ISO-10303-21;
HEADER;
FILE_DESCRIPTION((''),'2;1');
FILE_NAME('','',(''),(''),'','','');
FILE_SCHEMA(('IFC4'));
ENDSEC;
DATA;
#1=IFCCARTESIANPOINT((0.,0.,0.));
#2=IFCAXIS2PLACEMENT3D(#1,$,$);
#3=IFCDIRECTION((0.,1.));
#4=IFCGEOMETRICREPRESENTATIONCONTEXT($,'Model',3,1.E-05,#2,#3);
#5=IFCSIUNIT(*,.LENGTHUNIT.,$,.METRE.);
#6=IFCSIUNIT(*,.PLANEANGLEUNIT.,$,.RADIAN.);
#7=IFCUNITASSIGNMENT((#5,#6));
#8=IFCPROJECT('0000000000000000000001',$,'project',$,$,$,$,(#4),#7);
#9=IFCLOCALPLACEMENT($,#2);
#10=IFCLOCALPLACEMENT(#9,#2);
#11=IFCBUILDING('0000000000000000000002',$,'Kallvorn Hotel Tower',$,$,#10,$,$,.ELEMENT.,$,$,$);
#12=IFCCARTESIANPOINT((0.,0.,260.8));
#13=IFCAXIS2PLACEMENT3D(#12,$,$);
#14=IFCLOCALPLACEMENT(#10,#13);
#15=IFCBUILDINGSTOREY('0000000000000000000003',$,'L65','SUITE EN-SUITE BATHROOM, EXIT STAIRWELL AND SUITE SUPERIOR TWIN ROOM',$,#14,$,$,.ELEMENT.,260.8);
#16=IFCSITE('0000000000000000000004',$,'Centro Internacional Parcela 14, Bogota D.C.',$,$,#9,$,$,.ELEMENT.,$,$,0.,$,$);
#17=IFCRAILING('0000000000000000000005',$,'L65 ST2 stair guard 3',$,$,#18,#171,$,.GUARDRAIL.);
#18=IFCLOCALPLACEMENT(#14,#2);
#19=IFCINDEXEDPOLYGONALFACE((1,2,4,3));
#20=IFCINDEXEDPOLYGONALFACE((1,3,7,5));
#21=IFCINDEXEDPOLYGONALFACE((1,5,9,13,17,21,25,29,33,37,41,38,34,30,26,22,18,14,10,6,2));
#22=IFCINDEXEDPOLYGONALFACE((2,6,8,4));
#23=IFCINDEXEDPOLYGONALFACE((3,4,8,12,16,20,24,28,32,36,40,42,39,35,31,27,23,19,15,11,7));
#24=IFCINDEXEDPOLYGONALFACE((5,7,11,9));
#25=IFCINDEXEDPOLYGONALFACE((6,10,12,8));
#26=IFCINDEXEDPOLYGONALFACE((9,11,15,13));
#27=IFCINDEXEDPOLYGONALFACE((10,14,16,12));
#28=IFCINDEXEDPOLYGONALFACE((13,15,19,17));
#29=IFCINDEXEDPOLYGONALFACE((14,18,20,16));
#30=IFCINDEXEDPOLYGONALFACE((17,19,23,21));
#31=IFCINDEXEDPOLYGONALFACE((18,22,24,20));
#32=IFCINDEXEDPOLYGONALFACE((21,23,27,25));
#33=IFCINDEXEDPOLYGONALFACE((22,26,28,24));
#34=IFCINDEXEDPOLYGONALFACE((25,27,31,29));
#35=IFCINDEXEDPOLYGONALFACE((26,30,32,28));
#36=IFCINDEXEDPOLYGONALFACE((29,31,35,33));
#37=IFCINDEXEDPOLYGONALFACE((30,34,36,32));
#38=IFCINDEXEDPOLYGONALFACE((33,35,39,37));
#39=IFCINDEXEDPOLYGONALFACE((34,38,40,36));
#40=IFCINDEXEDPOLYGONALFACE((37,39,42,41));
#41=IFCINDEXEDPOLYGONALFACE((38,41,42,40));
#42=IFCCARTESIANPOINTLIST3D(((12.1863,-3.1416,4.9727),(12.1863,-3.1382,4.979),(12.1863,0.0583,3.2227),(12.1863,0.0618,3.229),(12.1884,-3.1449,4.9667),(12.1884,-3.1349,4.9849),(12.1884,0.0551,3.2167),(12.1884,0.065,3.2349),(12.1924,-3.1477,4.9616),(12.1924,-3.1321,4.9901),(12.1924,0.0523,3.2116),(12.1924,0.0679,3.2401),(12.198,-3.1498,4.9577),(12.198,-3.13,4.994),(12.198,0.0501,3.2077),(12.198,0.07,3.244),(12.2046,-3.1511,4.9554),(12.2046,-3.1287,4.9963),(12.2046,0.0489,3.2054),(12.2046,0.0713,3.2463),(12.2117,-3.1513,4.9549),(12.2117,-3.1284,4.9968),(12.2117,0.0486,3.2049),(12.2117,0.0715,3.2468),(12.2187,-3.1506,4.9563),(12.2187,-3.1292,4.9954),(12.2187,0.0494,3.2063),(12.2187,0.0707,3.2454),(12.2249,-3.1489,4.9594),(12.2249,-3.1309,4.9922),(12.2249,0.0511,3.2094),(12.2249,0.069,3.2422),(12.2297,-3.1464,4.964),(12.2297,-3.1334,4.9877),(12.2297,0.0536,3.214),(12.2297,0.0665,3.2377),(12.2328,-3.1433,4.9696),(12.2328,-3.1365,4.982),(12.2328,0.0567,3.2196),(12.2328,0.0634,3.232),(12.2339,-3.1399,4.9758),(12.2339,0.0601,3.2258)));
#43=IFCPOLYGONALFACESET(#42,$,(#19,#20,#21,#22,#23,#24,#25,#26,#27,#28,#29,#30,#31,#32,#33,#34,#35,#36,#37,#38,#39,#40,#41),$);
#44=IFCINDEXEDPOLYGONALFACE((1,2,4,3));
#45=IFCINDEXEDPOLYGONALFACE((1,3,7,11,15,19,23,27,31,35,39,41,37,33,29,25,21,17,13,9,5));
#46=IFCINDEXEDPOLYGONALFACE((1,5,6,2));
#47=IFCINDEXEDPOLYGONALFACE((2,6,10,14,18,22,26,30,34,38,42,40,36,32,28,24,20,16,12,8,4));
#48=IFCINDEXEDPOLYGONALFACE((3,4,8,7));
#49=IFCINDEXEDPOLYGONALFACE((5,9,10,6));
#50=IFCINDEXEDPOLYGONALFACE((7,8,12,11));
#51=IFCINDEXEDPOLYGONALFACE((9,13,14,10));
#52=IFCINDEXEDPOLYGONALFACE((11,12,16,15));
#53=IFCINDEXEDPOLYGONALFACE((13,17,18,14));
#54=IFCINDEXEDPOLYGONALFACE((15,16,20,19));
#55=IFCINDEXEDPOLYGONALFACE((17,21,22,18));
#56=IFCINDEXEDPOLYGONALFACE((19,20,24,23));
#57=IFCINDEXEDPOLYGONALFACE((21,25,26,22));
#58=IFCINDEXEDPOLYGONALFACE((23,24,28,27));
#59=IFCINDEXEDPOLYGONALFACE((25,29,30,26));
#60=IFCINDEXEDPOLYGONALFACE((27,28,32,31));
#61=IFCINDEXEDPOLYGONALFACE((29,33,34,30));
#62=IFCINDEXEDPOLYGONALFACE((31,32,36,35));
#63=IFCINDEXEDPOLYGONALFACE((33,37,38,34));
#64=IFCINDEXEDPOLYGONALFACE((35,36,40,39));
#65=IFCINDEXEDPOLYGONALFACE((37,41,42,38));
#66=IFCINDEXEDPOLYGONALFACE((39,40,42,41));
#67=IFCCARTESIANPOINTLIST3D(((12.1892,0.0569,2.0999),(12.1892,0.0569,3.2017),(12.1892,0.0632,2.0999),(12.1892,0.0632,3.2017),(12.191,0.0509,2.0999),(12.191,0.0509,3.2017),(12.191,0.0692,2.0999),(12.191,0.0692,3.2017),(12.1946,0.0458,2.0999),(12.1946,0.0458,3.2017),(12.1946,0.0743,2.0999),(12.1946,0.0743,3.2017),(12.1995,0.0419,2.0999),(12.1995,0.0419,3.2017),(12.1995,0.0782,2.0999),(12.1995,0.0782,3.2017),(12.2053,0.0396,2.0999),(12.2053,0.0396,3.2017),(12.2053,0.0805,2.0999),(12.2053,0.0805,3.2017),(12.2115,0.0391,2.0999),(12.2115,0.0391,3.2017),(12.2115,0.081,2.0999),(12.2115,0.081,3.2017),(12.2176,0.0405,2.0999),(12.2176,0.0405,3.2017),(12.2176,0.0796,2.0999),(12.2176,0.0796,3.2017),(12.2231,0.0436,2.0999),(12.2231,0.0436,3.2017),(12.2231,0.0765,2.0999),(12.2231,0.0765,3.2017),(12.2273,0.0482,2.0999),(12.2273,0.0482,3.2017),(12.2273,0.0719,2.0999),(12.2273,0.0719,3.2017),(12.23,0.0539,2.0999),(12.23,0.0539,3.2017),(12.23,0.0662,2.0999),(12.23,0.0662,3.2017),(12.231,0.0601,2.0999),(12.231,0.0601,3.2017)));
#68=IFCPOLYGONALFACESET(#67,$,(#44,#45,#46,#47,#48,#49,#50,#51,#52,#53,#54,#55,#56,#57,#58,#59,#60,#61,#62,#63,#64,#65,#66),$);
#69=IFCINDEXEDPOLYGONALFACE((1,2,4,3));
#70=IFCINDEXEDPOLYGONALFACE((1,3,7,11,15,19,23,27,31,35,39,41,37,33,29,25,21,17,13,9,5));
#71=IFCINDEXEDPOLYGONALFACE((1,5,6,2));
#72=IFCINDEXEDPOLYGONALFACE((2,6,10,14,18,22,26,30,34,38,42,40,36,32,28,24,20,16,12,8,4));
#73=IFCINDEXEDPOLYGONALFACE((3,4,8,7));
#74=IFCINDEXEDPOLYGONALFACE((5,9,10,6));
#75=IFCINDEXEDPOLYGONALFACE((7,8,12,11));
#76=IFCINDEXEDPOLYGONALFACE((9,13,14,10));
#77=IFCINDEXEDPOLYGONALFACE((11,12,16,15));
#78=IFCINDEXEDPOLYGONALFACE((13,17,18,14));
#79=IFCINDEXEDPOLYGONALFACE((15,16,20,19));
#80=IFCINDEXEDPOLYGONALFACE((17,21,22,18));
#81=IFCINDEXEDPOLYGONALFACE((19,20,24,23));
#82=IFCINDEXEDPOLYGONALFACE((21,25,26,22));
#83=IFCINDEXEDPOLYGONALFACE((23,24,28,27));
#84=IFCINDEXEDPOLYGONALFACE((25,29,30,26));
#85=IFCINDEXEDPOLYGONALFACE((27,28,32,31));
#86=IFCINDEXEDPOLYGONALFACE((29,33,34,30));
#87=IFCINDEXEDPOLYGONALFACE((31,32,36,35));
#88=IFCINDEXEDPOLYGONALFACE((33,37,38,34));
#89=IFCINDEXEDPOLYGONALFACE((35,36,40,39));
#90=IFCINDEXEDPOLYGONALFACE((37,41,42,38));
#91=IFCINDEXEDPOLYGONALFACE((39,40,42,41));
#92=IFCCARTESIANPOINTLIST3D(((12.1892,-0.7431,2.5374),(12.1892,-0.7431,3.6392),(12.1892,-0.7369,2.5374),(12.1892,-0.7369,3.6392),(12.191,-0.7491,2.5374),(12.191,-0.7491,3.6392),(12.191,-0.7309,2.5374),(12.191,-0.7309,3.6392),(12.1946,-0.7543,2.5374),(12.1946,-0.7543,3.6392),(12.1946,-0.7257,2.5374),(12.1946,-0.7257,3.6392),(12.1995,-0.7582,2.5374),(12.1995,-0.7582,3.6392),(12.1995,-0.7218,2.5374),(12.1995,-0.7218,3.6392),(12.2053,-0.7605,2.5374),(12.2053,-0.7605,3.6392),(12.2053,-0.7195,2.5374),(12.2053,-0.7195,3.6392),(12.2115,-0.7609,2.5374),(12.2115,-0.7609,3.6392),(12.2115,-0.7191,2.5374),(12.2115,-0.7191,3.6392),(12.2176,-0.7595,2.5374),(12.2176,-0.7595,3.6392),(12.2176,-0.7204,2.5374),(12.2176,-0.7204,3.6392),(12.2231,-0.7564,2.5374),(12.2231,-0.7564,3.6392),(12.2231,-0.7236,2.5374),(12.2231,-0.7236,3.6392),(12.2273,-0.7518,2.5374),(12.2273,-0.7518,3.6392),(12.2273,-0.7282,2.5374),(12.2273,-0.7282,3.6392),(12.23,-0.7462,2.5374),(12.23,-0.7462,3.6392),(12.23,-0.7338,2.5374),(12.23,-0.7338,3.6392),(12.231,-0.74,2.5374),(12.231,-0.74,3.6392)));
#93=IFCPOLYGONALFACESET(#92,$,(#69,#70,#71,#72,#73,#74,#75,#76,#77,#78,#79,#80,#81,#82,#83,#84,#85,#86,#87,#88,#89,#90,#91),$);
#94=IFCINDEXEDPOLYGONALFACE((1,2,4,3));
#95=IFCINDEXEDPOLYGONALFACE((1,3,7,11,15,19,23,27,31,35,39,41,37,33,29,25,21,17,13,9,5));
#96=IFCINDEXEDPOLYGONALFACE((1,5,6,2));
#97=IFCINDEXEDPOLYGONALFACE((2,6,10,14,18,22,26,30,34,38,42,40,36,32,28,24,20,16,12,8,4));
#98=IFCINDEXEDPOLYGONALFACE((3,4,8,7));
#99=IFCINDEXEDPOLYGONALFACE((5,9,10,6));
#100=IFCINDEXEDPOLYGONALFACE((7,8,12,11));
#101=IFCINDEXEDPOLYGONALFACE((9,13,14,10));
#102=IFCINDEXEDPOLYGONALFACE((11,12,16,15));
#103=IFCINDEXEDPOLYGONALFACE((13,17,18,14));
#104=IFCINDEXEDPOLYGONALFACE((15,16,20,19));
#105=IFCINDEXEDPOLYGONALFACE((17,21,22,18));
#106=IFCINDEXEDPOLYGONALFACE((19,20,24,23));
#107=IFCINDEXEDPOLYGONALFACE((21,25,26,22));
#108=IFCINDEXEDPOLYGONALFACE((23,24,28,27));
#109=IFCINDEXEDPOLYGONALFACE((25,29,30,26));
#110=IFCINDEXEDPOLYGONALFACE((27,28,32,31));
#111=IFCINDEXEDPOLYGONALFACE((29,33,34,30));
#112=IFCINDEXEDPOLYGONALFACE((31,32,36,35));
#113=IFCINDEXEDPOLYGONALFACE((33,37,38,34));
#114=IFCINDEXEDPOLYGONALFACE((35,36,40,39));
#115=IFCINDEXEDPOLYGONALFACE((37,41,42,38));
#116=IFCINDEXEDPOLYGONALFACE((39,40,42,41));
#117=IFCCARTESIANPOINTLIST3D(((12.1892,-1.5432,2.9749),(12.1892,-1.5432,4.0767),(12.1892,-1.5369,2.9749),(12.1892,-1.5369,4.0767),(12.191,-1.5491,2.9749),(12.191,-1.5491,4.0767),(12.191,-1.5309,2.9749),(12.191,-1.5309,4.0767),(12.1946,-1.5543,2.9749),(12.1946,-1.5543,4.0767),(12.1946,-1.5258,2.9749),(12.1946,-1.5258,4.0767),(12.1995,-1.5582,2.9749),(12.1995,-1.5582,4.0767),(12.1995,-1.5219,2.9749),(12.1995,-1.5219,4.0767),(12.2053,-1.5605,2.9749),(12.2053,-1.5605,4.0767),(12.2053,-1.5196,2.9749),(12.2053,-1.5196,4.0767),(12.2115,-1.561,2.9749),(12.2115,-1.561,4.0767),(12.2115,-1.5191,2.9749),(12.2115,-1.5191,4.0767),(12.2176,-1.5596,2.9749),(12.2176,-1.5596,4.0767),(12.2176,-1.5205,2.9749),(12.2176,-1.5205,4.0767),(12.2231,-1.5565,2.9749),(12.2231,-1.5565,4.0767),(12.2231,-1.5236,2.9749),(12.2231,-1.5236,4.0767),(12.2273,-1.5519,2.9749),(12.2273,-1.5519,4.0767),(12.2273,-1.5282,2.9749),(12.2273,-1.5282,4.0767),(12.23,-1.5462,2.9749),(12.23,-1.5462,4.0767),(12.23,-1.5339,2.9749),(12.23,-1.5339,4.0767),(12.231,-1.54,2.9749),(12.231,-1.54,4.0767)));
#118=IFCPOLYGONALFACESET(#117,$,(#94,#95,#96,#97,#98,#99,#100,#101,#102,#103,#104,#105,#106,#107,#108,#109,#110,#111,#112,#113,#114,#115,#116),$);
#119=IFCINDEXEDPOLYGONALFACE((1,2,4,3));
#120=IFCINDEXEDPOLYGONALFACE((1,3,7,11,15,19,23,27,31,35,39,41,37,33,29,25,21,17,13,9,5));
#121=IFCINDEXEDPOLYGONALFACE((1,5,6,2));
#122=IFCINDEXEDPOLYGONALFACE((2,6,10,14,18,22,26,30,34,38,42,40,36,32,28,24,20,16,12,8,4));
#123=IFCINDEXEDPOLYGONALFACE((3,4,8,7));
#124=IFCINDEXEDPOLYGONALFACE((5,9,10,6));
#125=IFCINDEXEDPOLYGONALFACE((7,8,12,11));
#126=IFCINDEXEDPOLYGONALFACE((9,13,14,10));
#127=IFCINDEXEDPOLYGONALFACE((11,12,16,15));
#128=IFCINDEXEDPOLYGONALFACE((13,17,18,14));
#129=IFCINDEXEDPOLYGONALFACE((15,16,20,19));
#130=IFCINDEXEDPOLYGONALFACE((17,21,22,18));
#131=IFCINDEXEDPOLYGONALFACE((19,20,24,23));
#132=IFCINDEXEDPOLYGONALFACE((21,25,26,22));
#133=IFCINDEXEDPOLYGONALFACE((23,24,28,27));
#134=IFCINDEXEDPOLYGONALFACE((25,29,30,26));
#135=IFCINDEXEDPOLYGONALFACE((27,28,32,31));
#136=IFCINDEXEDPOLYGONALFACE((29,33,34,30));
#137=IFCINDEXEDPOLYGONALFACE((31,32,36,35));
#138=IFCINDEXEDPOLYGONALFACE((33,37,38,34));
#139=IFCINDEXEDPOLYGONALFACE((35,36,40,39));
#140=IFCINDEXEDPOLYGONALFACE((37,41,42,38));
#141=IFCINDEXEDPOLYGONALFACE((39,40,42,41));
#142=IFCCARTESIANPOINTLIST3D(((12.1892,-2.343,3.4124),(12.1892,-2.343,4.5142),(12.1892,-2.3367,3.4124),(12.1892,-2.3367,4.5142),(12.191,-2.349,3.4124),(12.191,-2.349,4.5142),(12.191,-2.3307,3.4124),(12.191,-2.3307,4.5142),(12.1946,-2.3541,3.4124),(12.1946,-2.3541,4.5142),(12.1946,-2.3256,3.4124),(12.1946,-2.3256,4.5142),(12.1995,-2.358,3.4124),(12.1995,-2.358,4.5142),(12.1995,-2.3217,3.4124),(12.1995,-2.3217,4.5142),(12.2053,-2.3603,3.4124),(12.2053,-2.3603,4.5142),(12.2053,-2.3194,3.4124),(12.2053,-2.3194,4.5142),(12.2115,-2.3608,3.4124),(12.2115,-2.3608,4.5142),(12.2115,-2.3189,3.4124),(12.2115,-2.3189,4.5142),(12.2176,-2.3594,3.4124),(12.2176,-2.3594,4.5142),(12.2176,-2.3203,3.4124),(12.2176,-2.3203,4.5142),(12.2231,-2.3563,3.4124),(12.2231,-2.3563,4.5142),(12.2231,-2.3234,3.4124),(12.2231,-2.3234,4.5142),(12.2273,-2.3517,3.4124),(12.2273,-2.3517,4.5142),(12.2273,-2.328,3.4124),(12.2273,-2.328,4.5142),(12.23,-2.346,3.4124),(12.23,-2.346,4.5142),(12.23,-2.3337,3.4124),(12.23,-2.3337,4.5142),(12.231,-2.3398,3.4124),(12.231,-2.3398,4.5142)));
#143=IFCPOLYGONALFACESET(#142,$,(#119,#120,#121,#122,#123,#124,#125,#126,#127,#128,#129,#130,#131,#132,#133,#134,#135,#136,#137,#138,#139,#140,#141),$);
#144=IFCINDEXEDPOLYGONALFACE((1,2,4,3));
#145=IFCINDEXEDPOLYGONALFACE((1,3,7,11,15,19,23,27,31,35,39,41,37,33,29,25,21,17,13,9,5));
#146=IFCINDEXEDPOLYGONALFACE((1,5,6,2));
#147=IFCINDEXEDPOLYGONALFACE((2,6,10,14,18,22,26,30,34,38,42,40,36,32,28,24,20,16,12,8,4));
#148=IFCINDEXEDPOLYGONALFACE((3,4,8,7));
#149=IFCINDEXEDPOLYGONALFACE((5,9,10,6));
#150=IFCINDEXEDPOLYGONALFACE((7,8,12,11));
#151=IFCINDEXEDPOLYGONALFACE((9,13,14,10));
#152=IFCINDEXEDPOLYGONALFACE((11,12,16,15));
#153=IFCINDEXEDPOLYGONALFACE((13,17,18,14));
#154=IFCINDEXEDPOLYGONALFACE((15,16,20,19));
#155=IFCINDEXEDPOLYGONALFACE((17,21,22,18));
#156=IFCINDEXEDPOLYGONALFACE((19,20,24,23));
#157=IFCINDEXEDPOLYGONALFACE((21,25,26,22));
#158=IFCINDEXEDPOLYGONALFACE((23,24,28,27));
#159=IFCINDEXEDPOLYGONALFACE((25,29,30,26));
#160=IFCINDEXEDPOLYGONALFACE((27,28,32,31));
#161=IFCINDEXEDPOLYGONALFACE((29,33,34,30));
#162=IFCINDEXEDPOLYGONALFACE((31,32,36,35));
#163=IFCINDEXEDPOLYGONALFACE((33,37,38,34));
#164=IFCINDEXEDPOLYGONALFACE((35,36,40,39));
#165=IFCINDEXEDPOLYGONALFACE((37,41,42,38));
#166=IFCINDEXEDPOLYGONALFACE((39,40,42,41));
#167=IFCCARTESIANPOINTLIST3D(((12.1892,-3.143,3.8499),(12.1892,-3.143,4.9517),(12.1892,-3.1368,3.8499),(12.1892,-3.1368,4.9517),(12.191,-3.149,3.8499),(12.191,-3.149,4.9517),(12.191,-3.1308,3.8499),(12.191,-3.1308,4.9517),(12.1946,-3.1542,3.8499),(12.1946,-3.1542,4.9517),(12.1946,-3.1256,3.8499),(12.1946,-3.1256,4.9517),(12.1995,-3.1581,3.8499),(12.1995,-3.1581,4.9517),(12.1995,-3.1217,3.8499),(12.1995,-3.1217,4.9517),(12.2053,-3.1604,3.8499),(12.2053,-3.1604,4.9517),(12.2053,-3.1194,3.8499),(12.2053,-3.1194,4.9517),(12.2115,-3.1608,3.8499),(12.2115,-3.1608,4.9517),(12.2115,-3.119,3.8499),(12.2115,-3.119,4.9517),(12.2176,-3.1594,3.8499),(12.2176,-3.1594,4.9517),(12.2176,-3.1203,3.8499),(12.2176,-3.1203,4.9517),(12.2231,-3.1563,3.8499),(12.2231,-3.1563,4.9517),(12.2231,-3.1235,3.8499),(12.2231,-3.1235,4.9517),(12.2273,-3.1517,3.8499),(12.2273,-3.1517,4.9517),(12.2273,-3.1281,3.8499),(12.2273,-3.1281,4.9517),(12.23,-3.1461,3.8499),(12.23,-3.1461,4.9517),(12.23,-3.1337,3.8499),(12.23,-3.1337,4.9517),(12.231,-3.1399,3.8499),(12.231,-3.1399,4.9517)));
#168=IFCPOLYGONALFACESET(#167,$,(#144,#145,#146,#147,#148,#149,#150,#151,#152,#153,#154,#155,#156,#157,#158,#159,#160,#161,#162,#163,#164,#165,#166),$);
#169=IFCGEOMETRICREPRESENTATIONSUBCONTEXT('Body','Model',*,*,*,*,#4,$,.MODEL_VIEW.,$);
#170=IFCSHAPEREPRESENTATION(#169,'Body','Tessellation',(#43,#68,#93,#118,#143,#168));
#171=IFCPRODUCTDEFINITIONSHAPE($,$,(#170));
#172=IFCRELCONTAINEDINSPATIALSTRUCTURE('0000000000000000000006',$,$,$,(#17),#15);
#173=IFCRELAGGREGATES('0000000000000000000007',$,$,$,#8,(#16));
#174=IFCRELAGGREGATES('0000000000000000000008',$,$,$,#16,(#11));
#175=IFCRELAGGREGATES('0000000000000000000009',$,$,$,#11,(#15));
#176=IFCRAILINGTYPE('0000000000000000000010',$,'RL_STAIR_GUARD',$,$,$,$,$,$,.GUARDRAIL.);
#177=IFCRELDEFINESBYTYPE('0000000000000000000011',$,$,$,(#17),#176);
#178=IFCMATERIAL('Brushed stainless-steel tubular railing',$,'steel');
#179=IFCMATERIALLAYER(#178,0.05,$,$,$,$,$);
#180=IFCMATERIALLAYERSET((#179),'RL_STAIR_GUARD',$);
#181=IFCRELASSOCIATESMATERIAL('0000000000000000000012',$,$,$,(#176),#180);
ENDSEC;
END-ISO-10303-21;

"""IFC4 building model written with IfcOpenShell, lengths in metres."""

from ifc_helpers import new_model, si_unit, direction, frame, origin, origin_2d, place, context, subcontext, project, spatial, circle, extrude, material, layer, layer_set, type_object, element, save


model = new_model("IFC4")

# Units and contexts
model_context = context("Model", 3, precision=1e-05, world=origin(), true_north=direction((0.0, 1.0)))
body_context = subcontext(model_context, "Body", "Model", "MODEL_VIEW")
ifc_project = project(units=[si_unit("LENGTHUNIT", "METRE"), si_unit("PLANEANGLEUNIT", "RADIAN")], contexts=[model_context])

# Site, building, storey
site_placement = place(None, origin())
site = spatial("IfcSite", under=ifc_project, at=site_placement, Name="Centro Internacional Parcela 14, Bogota D.C.", CompositionType="ELEMENT", RefElevation=0.0)
building_placement = place(site_placement, origin())
building = spatial("IfcBuilding", under=site, at=building_placement, Name="Kallvorn Hotel Tower", CompositionType="ELEMENT")
storey_placement = place(building_placement, frame((0.0, 0.0, 260.8)))
storey = spatial("IfcBuildingStorey", under=building, at=storey_placement, Name="L65", Description="SUITE EN-SUITE BATHROOM, EXIT STAIRWELL AND SUITE SUPERIOR TWIN ROOM", CompositionType="ELEMENT", Elevation=260.8)

# Railing
ifc_material_1 = material(Name="Brushed stainless-steel tubular railing", Category="steel")
ifc_layer_1 = layer(ifc_material_1, 0.05)
ifc_layer_set_1 = layer_set([ifc_layer_1], Name="RL_STAIR_GUARD")
railing_type_1 = type_object("IfcRailingType", Name="RL_STAIR_GUARD", PredefinedType="GUARDRAIL", material=ifc_layer_set_1)
railing_1_placement = place(storey_placement, frame((12.21, 0.0601, 2.0999)))
element("IfcRailing", 1, at=railing_1_placement, inside=storey, type_object=railing_type_1, Name="L65 ST2 stair guard 3", PredefinedType="GUARDRAIL", context=body_context, shape_type="SweptSolid", body=[
    extrude(circle(Radius=0.0239, at=origin_2d()), frame((0.0, 0.0, 1.126), z_axis=(0.0, -0.877368, 0.479818), x_axis=(1.0, 0.0, 0.0)), (0.0, 0.0, 1.0), 3.6472),
    extrude(circle(Radius=0.021, at=origin_2d()), origin(), (0.0, 0.0, 1.0), 1.1018),
    extrude(circle(Radius=0.021, at=origin_2d()), frame((0.0, -0.8, 0.4375)), (0.0, 0.0, 1.0), 1.1018),
    extrude(circle(Radius=0.021, at=origin_2d()), frame((0.0, -1.6001, 0.875)), (0.0, 0.0, 1.0), 1.1018),
    extrude(circle(Radius=0.021, at=origin_2d()), frame((0.0, -2.3999, 1.3125)), (0.0, 0.0, 1.0), 1.1018),
    extrude(circle(Radius=0.021, at=origin_2d()), frame((0.0, -3.2, 1.75)), (0.0, 0.0, 1.0), 1.1018),
])

save(model, "model.ifc")
